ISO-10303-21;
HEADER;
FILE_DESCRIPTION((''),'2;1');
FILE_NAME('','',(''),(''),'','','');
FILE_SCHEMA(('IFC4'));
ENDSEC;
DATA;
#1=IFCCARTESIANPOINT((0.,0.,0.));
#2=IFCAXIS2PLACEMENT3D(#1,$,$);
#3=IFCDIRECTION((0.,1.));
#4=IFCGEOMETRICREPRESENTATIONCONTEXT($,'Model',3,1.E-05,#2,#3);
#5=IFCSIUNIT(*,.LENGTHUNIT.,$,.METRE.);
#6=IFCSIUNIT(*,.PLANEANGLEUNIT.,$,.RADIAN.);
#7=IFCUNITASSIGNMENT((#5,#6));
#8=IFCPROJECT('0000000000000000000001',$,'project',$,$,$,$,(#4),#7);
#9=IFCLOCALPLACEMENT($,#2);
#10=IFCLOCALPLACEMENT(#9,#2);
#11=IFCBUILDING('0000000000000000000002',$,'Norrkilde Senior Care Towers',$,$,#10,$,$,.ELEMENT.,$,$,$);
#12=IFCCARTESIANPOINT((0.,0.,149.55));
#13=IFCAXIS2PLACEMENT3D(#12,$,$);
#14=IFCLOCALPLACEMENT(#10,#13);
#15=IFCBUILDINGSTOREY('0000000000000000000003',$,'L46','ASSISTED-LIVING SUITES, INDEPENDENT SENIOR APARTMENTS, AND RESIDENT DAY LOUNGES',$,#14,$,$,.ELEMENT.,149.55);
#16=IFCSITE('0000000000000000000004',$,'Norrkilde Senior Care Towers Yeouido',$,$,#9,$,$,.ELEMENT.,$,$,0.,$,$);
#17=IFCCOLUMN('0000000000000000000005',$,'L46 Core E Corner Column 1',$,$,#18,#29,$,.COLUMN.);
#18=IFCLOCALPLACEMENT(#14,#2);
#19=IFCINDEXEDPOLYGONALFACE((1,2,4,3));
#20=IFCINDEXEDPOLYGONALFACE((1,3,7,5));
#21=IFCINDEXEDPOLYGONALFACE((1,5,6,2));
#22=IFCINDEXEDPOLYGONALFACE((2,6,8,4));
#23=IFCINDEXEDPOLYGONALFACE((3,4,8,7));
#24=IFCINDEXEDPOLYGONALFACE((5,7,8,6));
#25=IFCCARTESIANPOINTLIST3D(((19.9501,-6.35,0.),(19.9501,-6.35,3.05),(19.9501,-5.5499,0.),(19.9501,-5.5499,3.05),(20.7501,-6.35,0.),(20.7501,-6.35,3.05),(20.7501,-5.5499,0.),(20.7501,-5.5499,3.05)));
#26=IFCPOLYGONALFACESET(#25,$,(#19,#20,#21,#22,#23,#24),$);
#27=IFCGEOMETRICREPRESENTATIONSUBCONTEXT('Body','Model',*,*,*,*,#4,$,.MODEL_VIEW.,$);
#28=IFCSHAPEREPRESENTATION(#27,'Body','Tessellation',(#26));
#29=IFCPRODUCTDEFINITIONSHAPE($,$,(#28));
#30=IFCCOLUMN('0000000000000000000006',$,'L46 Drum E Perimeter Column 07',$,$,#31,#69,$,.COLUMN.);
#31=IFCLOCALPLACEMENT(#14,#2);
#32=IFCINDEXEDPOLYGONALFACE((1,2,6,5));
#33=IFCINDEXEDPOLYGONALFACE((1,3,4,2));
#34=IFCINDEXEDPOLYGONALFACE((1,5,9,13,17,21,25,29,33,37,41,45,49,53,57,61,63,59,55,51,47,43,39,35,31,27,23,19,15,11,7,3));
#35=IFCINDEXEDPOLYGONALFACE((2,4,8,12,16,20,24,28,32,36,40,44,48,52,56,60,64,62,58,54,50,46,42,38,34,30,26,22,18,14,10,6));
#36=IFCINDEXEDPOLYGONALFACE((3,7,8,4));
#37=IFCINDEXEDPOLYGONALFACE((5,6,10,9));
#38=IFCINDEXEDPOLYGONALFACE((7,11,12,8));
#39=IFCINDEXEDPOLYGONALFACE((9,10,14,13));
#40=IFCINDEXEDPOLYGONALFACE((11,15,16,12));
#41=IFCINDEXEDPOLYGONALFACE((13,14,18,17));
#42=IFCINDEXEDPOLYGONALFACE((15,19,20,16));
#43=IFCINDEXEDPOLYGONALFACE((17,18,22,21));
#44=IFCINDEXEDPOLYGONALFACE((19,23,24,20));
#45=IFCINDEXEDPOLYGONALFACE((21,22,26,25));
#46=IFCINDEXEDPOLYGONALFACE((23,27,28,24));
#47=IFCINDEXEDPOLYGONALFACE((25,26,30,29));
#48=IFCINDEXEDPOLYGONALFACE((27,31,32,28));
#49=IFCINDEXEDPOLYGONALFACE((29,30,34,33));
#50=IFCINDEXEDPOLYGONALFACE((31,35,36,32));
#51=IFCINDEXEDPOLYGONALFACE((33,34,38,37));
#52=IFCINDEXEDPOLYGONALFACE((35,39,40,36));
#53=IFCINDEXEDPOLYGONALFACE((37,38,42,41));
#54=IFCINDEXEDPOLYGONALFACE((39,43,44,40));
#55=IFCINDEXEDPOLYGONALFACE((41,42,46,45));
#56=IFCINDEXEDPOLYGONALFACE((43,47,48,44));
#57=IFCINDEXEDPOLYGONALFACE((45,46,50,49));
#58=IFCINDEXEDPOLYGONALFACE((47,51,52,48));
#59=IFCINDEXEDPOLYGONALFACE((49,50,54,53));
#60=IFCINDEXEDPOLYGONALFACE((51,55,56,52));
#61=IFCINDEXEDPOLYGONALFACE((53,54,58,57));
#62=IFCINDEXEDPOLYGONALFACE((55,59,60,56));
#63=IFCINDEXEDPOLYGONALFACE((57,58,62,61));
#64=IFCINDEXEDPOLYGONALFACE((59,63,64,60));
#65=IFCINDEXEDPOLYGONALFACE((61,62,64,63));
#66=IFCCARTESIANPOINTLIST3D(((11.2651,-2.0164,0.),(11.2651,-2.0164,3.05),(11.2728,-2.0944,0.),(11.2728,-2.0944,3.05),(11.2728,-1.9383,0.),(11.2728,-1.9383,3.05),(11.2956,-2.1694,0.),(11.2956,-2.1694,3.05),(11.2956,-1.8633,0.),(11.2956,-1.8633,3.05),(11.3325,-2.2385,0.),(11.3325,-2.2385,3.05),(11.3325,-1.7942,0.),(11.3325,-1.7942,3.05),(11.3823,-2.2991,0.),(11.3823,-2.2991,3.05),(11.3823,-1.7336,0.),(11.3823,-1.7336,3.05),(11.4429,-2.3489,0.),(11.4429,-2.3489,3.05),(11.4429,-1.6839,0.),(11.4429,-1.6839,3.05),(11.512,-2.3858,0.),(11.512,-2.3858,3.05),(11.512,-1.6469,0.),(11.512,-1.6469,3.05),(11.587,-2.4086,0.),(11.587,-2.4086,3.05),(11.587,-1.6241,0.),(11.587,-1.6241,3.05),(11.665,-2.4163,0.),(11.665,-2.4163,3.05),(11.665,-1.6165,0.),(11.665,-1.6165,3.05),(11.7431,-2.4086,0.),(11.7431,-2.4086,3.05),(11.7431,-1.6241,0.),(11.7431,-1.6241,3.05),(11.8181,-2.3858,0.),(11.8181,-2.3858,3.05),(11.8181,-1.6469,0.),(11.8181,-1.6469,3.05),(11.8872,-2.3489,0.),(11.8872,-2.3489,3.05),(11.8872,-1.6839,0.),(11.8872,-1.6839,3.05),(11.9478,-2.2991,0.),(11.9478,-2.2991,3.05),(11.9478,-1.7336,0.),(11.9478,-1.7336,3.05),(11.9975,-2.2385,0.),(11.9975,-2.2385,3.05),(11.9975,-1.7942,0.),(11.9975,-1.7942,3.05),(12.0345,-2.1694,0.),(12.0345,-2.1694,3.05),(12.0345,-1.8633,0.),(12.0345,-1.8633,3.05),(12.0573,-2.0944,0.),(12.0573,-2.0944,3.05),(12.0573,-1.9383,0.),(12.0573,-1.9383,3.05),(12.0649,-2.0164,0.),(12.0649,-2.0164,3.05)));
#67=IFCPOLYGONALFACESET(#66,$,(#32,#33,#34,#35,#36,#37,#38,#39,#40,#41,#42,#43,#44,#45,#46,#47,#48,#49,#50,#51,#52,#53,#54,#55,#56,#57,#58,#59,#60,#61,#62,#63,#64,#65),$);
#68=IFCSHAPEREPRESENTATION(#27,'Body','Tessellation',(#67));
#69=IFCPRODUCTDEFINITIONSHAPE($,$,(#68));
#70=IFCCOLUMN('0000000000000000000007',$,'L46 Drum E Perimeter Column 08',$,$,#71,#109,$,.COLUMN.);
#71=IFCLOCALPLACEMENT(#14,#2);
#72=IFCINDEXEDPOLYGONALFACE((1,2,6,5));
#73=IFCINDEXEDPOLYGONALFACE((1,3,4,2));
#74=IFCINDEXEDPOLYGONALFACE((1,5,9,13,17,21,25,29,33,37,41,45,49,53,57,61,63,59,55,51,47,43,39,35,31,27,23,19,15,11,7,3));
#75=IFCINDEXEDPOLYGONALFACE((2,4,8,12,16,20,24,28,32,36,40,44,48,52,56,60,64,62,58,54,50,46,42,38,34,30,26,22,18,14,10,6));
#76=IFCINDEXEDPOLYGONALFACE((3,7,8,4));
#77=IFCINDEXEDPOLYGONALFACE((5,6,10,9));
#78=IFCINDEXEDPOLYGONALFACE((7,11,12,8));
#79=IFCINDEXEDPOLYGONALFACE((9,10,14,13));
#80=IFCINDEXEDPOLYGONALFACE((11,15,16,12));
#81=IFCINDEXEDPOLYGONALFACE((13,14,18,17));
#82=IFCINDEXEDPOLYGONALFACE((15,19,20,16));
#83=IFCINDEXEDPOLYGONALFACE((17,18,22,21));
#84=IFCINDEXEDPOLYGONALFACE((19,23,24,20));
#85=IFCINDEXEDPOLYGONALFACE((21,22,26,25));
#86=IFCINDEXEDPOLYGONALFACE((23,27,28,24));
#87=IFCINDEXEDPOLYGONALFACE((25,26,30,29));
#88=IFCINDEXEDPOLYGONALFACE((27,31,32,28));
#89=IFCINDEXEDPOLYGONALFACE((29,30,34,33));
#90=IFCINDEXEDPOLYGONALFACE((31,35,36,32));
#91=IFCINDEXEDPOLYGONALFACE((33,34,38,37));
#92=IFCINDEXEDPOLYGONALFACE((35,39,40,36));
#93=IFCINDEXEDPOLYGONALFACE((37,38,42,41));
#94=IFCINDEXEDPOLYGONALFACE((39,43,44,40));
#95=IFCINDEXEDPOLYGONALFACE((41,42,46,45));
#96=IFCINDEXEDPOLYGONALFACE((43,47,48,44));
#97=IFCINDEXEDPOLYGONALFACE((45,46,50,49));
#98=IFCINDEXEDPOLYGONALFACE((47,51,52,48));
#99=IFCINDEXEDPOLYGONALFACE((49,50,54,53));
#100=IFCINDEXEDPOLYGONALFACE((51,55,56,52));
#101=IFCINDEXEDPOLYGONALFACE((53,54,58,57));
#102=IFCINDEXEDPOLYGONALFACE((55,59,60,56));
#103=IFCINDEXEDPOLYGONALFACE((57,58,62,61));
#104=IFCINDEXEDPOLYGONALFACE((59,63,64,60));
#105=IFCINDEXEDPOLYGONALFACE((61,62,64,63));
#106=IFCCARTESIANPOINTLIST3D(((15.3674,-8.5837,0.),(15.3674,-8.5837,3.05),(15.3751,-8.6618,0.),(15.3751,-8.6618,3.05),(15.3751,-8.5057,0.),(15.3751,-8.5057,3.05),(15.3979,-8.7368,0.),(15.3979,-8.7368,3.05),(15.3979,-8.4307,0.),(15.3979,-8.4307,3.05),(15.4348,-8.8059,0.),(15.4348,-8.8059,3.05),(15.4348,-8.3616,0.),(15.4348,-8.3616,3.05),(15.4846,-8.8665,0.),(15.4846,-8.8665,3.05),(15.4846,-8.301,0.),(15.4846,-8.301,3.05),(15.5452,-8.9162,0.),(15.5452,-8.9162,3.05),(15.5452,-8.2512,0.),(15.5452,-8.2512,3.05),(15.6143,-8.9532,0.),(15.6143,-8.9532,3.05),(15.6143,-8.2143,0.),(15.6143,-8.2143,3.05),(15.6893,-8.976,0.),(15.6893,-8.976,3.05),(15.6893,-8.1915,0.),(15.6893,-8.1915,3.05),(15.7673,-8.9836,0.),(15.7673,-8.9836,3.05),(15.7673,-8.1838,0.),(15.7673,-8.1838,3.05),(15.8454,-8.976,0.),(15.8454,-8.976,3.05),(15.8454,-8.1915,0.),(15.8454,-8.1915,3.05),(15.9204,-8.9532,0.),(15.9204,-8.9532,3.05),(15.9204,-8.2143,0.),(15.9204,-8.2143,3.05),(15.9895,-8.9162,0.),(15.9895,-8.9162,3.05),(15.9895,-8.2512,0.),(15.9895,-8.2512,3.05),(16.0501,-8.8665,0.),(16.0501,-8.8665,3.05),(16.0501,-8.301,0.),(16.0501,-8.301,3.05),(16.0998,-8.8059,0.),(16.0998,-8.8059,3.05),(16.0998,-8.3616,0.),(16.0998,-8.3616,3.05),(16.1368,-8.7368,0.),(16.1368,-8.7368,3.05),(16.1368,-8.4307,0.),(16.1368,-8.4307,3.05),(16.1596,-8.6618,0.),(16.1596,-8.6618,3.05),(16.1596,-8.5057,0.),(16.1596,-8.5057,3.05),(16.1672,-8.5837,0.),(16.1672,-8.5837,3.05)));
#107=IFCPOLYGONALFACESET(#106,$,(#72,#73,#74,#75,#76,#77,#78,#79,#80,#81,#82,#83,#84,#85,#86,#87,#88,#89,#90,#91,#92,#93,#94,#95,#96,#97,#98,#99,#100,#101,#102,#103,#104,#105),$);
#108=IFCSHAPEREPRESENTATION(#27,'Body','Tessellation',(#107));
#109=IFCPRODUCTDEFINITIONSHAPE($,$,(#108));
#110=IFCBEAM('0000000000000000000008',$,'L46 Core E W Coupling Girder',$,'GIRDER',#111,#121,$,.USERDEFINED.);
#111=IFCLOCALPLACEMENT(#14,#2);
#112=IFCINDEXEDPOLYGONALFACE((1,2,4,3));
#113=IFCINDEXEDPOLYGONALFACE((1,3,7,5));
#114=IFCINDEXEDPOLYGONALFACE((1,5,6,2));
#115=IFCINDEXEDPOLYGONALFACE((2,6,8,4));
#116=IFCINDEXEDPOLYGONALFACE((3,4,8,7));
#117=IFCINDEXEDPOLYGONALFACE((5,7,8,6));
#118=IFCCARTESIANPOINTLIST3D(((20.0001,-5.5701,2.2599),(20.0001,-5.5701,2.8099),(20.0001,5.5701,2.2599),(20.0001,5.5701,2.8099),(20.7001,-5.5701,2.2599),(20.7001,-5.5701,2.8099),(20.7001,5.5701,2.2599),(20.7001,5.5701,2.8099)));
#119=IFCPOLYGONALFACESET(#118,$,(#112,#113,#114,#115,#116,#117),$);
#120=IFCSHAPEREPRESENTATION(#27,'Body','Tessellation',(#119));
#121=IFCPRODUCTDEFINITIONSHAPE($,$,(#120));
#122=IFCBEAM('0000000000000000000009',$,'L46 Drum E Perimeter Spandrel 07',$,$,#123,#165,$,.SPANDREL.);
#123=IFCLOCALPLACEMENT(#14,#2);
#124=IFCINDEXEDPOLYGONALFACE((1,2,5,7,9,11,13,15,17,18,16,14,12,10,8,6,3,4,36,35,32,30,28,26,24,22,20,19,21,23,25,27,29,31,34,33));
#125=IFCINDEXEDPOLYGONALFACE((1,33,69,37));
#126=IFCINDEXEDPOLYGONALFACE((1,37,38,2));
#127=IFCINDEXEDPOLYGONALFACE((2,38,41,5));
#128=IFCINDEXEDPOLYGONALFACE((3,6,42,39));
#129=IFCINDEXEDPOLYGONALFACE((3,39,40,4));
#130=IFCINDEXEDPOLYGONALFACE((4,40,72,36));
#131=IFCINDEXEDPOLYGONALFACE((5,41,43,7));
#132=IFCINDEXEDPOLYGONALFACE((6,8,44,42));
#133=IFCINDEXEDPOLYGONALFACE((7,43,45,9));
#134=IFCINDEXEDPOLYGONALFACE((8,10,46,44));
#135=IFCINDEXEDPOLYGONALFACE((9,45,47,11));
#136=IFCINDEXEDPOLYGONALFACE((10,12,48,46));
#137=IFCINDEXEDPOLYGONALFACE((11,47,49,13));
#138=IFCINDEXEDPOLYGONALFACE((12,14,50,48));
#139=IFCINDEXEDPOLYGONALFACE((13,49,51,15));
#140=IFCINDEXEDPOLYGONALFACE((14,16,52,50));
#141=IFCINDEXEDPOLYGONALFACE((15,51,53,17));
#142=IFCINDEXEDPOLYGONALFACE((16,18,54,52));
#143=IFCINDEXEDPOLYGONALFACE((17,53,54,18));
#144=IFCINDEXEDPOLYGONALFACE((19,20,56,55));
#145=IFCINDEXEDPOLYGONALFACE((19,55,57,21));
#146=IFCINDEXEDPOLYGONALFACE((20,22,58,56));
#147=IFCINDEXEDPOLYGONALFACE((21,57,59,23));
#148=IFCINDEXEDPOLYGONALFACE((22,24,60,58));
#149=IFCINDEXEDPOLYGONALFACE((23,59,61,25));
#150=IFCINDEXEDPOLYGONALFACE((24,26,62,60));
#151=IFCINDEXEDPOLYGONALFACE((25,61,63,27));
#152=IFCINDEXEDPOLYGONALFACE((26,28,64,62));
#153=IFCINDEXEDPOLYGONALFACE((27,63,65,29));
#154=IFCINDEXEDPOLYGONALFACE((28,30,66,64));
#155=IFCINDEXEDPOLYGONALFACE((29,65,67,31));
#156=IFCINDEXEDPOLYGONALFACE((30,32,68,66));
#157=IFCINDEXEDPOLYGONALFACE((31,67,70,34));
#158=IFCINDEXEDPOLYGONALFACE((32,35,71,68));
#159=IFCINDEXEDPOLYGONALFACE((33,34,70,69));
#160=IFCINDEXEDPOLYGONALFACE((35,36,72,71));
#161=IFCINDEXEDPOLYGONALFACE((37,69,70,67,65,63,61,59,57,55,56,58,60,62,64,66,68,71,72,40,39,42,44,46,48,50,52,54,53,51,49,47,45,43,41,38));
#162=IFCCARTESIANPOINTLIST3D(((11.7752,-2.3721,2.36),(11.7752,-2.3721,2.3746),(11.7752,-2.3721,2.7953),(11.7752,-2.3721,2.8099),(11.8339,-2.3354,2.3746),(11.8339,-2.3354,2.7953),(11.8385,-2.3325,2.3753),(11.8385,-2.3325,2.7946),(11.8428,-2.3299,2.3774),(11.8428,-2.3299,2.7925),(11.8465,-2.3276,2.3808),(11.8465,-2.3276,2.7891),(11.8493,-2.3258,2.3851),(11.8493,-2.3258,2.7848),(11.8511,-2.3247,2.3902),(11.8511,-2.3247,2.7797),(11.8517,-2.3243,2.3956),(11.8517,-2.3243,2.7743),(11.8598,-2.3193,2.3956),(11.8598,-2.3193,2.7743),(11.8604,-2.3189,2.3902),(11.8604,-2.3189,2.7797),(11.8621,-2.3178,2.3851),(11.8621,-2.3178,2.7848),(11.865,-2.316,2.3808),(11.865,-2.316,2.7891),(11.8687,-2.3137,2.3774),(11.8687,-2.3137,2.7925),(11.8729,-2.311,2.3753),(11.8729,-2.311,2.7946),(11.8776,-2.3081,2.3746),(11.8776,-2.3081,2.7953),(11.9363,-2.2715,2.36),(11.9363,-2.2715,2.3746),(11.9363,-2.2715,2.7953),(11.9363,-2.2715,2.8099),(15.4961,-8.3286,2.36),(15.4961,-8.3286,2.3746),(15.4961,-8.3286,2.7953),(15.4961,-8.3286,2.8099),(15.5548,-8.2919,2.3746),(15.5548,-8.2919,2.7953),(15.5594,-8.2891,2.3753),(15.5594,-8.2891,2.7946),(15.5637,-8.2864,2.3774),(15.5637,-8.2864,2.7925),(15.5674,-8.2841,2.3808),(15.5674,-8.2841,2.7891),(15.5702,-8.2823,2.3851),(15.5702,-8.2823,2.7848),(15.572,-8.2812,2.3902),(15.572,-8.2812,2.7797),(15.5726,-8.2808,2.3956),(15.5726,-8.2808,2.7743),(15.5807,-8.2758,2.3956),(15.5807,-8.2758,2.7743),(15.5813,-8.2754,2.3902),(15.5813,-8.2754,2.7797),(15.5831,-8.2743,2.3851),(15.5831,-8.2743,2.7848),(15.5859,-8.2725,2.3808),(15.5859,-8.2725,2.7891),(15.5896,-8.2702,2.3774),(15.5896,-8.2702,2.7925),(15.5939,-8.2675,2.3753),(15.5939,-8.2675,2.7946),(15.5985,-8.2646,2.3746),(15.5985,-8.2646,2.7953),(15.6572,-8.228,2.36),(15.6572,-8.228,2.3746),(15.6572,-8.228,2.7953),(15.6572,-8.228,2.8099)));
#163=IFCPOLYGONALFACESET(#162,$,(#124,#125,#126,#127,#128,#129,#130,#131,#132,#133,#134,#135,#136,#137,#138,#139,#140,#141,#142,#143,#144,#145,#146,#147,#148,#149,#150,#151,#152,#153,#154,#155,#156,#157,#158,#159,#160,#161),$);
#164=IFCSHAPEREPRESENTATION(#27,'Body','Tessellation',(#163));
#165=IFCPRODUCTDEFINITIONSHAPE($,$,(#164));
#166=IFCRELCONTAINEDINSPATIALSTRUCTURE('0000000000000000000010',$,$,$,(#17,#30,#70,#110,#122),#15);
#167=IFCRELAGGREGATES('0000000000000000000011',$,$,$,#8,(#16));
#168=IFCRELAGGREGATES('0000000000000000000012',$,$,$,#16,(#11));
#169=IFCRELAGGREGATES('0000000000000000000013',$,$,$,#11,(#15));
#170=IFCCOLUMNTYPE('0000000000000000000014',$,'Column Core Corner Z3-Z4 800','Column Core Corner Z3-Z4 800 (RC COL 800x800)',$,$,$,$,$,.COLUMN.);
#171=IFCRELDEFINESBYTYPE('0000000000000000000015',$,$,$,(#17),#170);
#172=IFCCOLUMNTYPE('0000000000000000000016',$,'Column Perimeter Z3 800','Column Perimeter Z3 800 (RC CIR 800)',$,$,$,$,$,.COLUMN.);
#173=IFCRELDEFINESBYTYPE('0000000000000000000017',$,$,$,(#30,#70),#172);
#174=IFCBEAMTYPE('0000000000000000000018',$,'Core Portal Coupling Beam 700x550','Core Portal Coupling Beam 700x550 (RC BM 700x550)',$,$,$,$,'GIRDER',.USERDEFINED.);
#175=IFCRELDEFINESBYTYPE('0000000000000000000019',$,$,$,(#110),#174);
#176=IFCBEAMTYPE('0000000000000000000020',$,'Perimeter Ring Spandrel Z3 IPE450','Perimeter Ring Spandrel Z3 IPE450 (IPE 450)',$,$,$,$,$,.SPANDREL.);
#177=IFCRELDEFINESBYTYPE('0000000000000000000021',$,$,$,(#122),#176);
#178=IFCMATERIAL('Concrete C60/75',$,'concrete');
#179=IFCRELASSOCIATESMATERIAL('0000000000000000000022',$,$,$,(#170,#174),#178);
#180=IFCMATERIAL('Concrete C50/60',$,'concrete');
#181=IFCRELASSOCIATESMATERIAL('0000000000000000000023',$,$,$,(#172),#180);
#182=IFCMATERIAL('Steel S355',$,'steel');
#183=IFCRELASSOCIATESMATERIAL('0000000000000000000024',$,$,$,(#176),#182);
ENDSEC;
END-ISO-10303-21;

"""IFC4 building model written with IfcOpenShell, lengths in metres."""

from ifc_helpers import new_model, si_unit, direction, frame, origin, origin_2d, place, context, subcontext, project, spatial, rectangle, circle, i_section, extrude, source, transform, mapped, material, material_profile, profile_set, type_object, type_shapes, element, save


model = new_model("IFC4")

# Units and contexts
model_context = context("Model", 3, precision=1e-05, world=origin(), true_north=direction((0.0, 1.0)))
body_context = subcontext(model_context, "Body", "Model", "MODEL_VIEW")
ifc_project = project(units=[si_unit("LENGTHUNIT", "METRE"), si_unit("PLANEANGLEUNIT", "RADIAN")], contexts=[model_context])

# Site, building, storey
site_placement = place(None, origin())
site = spatial("IfcSite", under=ifc_project, at=site_placement, Name="Norrkilde Senior Care Towers Yeouido", CompositionType="ELEMENT", RefElevation=0.0)
building_placement = place(site_placement, origin())
building = spatial("IfcBuilding", under=site, at=building_placement, Name="Norrkilde Senior Care Towers", CompositionType="ELEMENT")
storey_placement = place(building_placement, frame((0.0, 0.0, 149.55)))
storey = spatial("IfcBuildingStorey", under=building, at=storey_placement, Name="L46", Description="ASSISTED-LIVING SUITES, INDEPENDENT SENIOR APARTMENTS, AND RESIDENT DAY LOUNGES", CompositionType="ELEMENT", Elevation=149.55)

# Columns
ifc_material_1 = material(Name="Concrete C60/75", Category="concrete")
ifc_material_profile_1 = material_profile(ifc_material_1, rectangle(XDim=0.8, YDim=0.8, at=origin_2d()), Name="RC COL 800x800")
ifc_profile_set_1 = profile_set([ifc_material_profile_1], Name="Concrete C60/75")
column_type_1 = type_object("IfcColumnType", Name="Column Core Corner Z3-Z4 800", Description="Column Core Corner Z3-Z4 800 (RC COL 800x800)", PredefinedType="COLUMN", material=ifc_profile_set_1)
shared_shape_1 = source(origin(), body_context, "Body", "SweptSolid", [
    extrude(rectangle(XDim=0.8, YDim=0.8, at=origin_2d()), origin(), (0.0, 0.0, 1.0), 3.05),
])
type_shapes(column_type_1, [shared_shape_1])
column_placement = place(storey_placement, frame((20.3501, -5.95, 0.0), z_axis=(0.0, 0.0, 1.0), x_axis=(1.0, 0.0, 0.0)))
element("IfcColumn", 1, at=column_placement, inside=storey, type_object=column_type_1, Name="L46 Core E Corner Column 1", PredefinedType="COLUMN", context=body_context, shape_type="MappedRepresentation", body=[
    mapped(shared_shape_1, transform((0.0, 0.0, 0.0), x_axis=(1.0, 0.0, 0.0), y_axis=(0.0, 1.0, 0.0), z_axis=(0.0, 0.0, 1.0), scale=1.0)),
])
ifc_material_2 = material(Name="Concrete C50/60", Category="concrete")
ifc_material_profile_2 = material_profile(ifc_material_2, circle(Radius=0.3999, at=origin_2d()), Name="RC CIR 800")
ifc_profile_set_2 = profile_set([ifc_material_profile_2], Name="Concrete C50/60")
column_type_2 = type_object("IfcColumnType", Name="Column Perimeter Z3 800", Description="Column Perimeter Z3 800 (RC CIR 800)", PredefinedType="COLUMN", material=ifc_profile_set_2)
shared_shape_2 = source(origin(), body_context, "Body", "SweptSolid", [
    extrude(circle(Radius=0.3999, at=origin_2d()), origin(), (0.0, 0.0, 1.0), 3.05),
])
type_shapes(column_type_2, [shared_shape_2])
for number, where, z_axis, x_axis, name in (
    (2, (11.665, -2.0164, 0.0), (0.0, 0.0, 1.0), (1.0, 0.0, 0.0), "L46 Drum E Perimeter Column 07"),
    (3, (15.7673, -8.5837, 0.0), (0.0, 0.0, 1.0), (1.0, 0.0, 0.0), "L46 Drum E Perimeter Column 08"),
):
    element("IfcColumn", number, at=place(storey_placement, frame(where, z_axis=z_axis, x_axis=x_axis)), inside=storey, type_object=column_type_2, Name=name, PredefinedType="COLUMN", context=body_context, shape_type="MappedRepresentation", body=[
        mapped(shared_shape_2, transform((0.0, 0.0, 0.0), x_axis=(1.0, 0.0, 0.0), y_axis=(0.0, 1.0, 0.0), z_axis=(0.0, 0.0, 1.0), scale=1.0)),
    ])

# Beams
ifc_material_profile_3 = material_profile(ifc_material_1, rectangle(XDim=0.7, YDim=0.55, at=origin_2d()), Name="RC BM 700x550")
ifc_profile_set_3 = profile_set([ifc_material_profile_3], Name="Concrete C60/75")
beam_type_1 = type_object("IfcBeamType", Name="Core Portal Coupling Beam 700x550", Description="Core Portal Coupling Beam 700x550 (RC BM 700x550)", ElementType="GIRDER", PredefinedType="USERDEFINED", material=ifc_profile_set_3)
shared_shape_3 = source(origin(), body_context, "Body", "SweptSolid", [
    extrude(rectangle(XDim=0.7, YDim=0.55, at=origin_2d()), origin(), (0.0, 0.0, 1.0), 11.1401),
])
type_shapes(beam_type_1, [shared_shape_3])
beam_1_placement = place(storey_placement, frame((20.3501, -5.5701, 2.5349), z_axis=(0.0, 1.0, 0.0), x_axis=(-1.0, 0.0, 0.0)))
element("IfcBeam", 4, at=beam_1_placement, inside=storey, type_object=beam_type_1, Name="L46 Core E W Coupling Girder", ObjectType="GIRDER", PredefinedType="USERDEFINED", context=body_context, shape_type="MappedRepresentation", body=[
    mapped(shared_shape_3, transform((0.0, 0.0, 0.0), x_axis=(1.0, 0.0, 0.0), y_axis=(0.0, 1.0, 0.0), z_axis=(0.0, 0.0, 1.0), scale=1.0)),
])
ifc_material_3 = material(Name="Steel S355", Category="steel")
ifc_material_profile_4 = material_profile(ifc_material_3, i_section(OverallWidth=0.1899, OverallDepth=0.45, WebThickness=0.0095, FlangeThickness=0.0146, FilletRadius=0.021, at=origin_2d()), Name="IPE 450")
ifc_profile_set_4 = profile_set([ifc_material_profile_4], Name="Steel S355")
beam_type_2 = type_object("IfcBeamType", Name="Perimeter Ring Spandrel Z3 IPE450", Description="Perimeter Ring Spandrel Z3 IPE450 (IPE 450)", PredefinedType="SPANDREL", material=ifc_profile_set_4)
shared_shape_4 = source(origin(), body_context, "Body", "SweptSolid", [
    extrude(i_section(OverallWidth=0.1899, OverallDepth=0.45, WebThickness=0.0095, FlangeThickness=0.0146, FilletRadius=0.021, at=origin_2d()), origin(), (0.0, 0.0, 1.0), 7.0232),
])
beam_2_placement = place(storey_placement, frame((11.8557, -2.3218, 2.585), z_axis=(0.529805, -0.848119, 0.0), x_axis=(0.848119, 0.529805, 0.0)))
element("IfcBeam", 5, at=beam_2_placement, inside=storey, type_object=beam_type_2, Name="L46 Drum E Perimeter Spandrel 07", PredefinedType="SPANDREL", context=body_context, shape_type="MappedRepresentation", body=[
    mapped(shared_shape_4, transform((0.0, 0.0, 0.0), x_axis=(1.0, 0.0, 0.0), y_axis=(0.0, 1.0, 0.0), z_axis=(0.0, 0.0, 1.0), scale=1.0)),
])

save(model, "model.ifc")
